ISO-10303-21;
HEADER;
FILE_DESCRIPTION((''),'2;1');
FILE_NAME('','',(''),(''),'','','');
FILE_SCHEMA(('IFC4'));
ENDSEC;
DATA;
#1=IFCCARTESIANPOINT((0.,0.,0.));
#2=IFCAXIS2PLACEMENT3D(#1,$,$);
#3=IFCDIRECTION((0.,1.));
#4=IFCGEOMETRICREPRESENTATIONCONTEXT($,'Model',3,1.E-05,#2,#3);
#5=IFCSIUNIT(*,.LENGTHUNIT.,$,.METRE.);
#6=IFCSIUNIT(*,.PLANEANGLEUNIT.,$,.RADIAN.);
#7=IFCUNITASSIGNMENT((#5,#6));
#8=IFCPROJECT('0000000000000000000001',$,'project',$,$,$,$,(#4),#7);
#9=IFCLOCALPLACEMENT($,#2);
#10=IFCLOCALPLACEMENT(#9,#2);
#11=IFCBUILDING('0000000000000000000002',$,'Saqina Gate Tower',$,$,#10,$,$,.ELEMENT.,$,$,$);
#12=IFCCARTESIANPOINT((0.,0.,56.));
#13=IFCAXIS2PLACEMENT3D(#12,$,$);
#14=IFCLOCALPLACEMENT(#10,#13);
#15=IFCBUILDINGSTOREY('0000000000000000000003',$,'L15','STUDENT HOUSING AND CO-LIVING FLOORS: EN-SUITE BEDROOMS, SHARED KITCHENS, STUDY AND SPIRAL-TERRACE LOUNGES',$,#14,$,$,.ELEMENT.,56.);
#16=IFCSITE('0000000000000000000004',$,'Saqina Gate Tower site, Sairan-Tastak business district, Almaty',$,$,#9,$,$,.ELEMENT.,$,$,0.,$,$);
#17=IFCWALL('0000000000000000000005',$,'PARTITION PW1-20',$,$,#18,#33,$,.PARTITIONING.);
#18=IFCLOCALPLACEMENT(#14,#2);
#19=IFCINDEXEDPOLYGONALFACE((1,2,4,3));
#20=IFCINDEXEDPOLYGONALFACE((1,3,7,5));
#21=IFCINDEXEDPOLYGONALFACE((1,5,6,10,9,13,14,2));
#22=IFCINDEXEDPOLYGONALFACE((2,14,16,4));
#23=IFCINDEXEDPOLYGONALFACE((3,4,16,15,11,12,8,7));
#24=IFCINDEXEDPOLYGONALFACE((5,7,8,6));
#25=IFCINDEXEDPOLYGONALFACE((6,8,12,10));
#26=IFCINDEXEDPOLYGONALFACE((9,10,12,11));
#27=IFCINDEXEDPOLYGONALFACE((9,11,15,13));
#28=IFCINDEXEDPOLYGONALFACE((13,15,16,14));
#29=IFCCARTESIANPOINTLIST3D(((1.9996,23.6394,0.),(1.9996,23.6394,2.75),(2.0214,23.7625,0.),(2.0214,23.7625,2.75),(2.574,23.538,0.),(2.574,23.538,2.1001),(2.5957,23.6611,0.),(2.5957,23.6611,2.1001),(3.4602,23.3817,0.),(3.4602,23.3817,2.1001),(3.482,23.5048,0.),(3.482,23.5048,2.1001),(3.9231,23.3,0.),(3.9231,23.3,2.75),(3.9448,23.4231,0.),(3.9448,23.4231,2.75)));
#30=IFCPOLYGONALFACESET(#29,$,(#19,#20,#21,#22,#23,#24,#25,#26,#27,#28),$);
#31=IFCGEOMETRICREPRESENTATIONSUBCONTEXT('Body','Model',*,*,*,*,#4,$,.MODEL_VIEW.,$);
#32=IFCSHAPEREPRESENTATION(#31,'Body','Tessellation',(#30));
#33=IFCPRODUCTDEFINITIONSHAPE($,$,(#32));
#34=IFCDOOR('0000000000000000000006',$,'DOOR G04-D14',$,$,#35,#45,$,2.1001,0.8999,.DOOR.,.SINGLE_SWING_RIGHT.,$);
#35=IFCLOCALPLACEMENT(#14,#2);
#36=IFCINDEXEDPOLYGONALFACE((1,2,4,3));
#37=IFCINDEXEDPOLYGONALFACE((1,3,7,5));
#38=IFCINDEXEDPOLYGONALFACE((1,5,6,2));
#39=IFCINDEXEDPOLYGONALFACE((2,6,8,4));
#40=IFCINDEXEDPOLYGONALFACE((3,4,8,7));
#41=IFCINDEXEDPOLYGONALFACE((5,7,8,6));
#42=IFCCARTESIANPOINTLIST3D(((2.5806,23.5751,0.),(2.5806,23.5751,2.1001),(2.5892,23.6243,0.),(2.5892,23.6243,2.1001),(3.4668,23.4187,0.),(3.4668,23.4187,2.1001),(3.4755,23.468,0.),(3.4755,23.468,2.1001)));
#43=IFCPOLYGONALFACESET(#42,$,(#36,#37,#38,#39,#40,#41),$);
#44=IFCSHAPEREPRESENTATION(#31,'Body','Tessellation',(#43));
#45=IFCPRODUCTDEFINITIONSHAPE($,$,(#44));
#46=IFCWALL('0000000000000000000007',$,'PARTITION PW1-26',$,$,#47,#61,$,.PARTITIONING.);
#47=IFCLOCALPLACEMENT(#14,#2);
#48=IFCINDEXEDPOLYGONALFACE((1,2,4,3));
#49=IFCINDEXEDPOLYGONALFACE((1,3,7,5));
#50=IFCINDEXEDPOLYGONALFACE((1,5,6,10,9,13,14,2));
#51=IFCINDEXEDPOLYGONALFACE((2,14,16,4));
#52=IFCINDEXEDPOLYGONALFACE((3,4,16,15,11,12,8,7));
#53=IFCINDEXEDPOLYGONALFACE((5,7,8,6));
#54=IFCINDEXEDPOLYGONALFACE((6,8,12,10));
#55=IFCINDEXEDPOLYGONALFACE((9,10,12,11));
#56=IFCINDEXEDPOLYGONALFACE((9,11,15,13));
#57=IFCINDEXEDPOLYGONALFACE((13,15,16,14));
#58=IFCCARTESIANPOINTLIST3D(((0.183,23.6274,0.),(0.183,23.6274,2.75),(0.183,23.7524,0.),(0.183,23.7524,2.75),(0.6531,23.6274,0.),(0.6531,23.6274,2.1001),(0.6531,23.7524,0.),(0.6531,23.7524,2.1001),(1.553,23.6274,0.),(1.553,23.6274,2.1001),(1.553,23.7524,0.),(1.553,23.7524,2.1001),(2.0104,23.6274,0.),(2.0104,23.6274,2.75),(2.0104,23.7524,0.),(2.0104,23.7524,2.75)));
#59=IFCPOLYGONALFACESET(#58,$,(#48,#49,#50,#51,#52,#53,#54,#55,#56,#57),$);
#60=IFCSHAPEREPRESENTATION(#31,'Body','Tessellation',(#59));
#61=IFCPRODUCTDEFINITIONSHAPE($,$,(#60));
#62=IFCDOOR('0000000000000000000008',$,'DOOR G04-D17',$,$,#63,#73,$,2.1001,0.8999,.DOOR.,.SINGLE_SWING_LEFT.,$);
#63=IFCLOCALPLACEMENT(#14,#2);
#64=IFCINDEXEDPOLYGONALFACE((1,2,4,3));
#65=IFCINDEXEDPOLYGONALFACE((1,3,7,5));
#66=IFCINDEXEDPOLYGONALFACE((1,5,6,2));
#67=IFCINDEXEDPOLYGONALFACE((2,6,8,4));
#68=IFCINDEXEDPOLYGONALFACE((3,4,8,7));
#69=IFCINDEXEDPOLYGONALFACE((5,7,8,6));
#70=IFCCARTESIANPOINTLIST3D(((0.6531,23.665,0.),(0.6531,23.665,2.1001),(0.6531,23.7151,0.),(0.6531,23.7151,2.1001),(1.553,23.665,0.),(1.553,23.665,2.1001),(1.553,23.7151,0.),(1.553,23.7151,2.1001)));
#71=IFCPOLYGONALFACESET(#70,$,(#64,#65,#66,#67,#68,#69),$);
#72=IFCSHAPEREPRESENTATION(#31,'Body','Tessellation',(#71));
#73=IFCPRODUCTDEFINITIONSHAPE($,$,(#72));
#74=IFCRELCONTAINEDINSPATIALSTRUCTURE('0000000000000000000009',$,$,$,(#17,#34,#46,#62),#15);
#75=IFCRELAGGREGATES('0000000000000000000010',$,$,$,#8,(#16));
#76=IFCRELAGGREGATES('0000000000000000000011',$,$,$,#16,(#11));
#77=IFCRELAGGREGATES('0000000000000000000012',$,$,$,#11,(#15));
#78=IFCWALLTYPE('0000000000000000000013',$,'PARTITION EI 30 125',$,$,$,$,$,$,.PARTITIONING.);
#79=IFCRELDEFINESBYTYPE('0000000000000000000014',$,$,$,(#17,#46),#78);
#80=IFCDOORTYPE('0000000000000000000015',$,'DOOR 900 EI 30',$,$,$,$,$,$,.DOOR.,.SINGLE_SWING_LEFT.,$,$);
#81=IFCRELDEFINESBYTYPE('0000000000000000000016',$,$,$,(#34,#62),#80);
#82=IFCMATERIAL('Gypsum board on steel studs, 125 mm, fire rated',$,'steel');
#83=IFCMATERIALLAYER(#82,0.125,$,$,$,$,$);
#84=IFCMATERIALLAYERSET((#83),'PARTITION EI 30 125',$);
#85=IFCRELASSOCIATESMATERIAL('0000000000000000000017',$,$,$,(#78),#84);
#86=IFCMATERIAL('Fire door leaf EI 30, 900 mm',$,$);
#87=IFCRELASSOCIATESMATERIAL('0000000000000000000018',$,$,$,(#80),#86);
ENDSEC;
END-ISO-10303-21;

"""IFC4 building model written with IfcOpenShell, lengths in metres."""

from ifc_helpers import new_model, si_unit, direction, frame, frame_2d, origin, place, context, subcontext, project, spatial, rectangle, extrude, material, layer, layer_set, type_object, element, fill, save


model = new_model("IFC4")

# Units and contexts
model_context = context("Model", 3, precision=1e-05, world=origin(), true_north=direction((0.0, 1.0)))
body_context = subcontext(model_context, "Body", "Model", "MODEL_VIEW")
ifc_project = project(units=[si_unit("LENGTHUNIT", "METRE"), si_unit("PLANEANGLEUNIT", "RADIAN")], contexts=[model_context])

# Site, building, storey
site_placement = place(None, origin())
site = spatial("IfcSite", under=ifc_project, at=site_placement, Name="Saqina Gate Tower site, Sairan-Tastak business district, Almaty", CompositionType="ELEMENT", RefElevation=0.0)
building_placement = place(site_placement, origin())
building = spatial("IfcBuilding", under=site, at=building_placement, Name="Saqina Gate Tower", CompositionType="ELEMENT")
storey_placement = place(building_placement, frame((0.0, 0.0, 56.0)))
storey = spatial("IfcBuildingStorey", under=building, at=storey_placement, Name="L15", Description="STUDENT HOUSING AND CO-LIVING FLOORS: EN-SUITE BEDROOMS, SHARED KITCHENS, STUDY AND SPIRAL-TERRACE LOUNGES", CompositionType="ELEMENT", Elevation=56.0)

# Walls, openings, doors
ifc_material_1 = material(Name="Gypsum board on steel studs, 125 mm, fire rated", Category="steel")
ifc_layer_1 = layer(ifc_material_1, 0.125)
ifc_layer_set_1 = layer_set([ifc_layer_1], Name="PARTITION EI 30 125")
wall_type_1 = type_object("IfcWallType", Name="PARTITION EI 30 125", PredefinedType="PARTITIONING", material=ifc_layer_set_1)
wall_1_placement = place(storey_placement, frame((2.0105, 23.7009, 0.0), z_axis=(0.0, 0.0, 1.0), x_axis=(0.984789, -0.173757, 0.0)))
wall_1 = element("IfcWall", 1, at=wall_1_placement, inside=storey, type_object=wall_type_1, Name="PARTITION PW1-20", PredefinedType="PARTITIONING", context=body_context, shape_type="SweptSolid", body=[
    extrude(rectangle(XDim=1.9531, YDim=0.125, at=frame_2d((0.9766, 0.0))), origin(), (0.0, 0.0, 1.0), 2.75),
])
opening_1_placement = place(wall_1_placement, frame((0.5833, 0.0, 0.0)))
opening_1 = element("IfcOpeningElement", 2, at=opening_1_placement, cuts=wall_1, PredefinedType="OPENING", context=body_context, shape_type="SweptSolid", body=[
    extrude(rectangle(XDim=0.8999, YDim=2.1001, at=frame_2d((0.45, 1.05))), frame((0.0, 0.0745, 0.0), z_axis=(0.0, -1.0, 0.0), x_axis=(1.0, 0.0, 0.0)), (0.0, 0.0, 1.0), 0.1489),
])
ifc_material_2 = material(Name="Fire door leaf EI 30, 900 mm")
door_type_1 = type_object("IfcDoorType", Name="DOOR 900 EI 30", OperationType="SINGLE_SWING_LEFT", PredefinedType="DOOR", material=ifc_material_2)
door_1_placement = place(opening_1_placement, frame((0.8999, 0.0, 0.0), z_axis=(0.0, 0.0, 1.0), x_axis=(-1.0, 0.0, 0.0)))
door_1 = element("IfcDoor", 3, at=door_1_placement, inside=storey, type_object=door_type_1, Name="DOOR G04-D14", OperationType="SINGLE_SWING_RIGHT", OverallHeight=2.1001, OverallWidth=0.8999, PredefinedType="DOOR", context=body_context, shape_type="SweptSolid", body=[
    extrude(rectangle(XDim=0.8999, YDim=2.1001, at=frame_2d((0.45, 1.05))), frame((0.0, 0.0249, 0.0), z_axis=(0.0, -1.0, 0.0), x_axis=(1.0, 0.0, 0.0)), (0.0, 0.0, 1.0), 0.05),
])
fill(opening_1, door_1)
wall_2_placement = place(storey_placement, frame((0.1831, 23.6899, 0.0), z_axis=(0.0, 0.0, 1.0), x_axis=(1.0, 0.0, 0.0)))
wall_2 = element("IfcWall", 4, at=wall_2_placement, inside=storey, type_object=wall_type_1, Name="PARTITION PW1-26", PredefinedType="PARTITIONING", context=body_context, shape_type="SweptSolid", body=[
    extrude(rectangle(XDim=1.8274, YDim=0.125, at=frame_2d((0.9136, 0.0))), origin(), (0.0, 0.0, 1.0), 2.75),
])
opening_2_placement = place(wall_2_placement, frame((0.47, 0.0, 0.0)))
opening_2 = element("IfcOpeningElement", 5, at=opening_2_placement, cuts=wall_2, PredefinedType="OPENING", context=body_context, shape_type="SweptSolid", body=[
    extrude(rectangle(XDim=0.8999, YDim=2.1001, at=frame_2d((0.45, 1.05))), frame((0.0, 0.0745, 0.0), z_axis=(0.0, -1.0, 0.0), x_axis=(1.0, 0.0, 0.0)), (0.0, 0.0, 1.0), 0.1489),
])
door_2_placement = place(opening_2_placement, frame((0.8999, 0.0, 0.0), z_axis=(0.0, 0.0, 1.0), x_axis=(-1.0, 0.0, 0.0)))
door_2 = element("IfcDoor", 6, at=door_2_placement, inside=storey, type_object=door_type_1, Name="DOOR G04-D17", OperationType="SINGLE_SWING_LEFT", OverallHeight=2.1001, OverallWidth=0.8999, PredefinedType="DOOR", context=body_context, shape_type="SweptSolid", body=[
    extrude(rectangle(XDim=0.8999, YDim=2.1001, at=frame_2d((0.45, 1.05))), frame((0.0, 0.0249, 0.0), z_axis=(0.0, -1.0, 0.0), x_axis=(1.0, 0.0, 0.0)), (0.0, 0.0, 1.0), 0.05),
])
fill(opening_2, door_2)

save(model, "model.ifc")
